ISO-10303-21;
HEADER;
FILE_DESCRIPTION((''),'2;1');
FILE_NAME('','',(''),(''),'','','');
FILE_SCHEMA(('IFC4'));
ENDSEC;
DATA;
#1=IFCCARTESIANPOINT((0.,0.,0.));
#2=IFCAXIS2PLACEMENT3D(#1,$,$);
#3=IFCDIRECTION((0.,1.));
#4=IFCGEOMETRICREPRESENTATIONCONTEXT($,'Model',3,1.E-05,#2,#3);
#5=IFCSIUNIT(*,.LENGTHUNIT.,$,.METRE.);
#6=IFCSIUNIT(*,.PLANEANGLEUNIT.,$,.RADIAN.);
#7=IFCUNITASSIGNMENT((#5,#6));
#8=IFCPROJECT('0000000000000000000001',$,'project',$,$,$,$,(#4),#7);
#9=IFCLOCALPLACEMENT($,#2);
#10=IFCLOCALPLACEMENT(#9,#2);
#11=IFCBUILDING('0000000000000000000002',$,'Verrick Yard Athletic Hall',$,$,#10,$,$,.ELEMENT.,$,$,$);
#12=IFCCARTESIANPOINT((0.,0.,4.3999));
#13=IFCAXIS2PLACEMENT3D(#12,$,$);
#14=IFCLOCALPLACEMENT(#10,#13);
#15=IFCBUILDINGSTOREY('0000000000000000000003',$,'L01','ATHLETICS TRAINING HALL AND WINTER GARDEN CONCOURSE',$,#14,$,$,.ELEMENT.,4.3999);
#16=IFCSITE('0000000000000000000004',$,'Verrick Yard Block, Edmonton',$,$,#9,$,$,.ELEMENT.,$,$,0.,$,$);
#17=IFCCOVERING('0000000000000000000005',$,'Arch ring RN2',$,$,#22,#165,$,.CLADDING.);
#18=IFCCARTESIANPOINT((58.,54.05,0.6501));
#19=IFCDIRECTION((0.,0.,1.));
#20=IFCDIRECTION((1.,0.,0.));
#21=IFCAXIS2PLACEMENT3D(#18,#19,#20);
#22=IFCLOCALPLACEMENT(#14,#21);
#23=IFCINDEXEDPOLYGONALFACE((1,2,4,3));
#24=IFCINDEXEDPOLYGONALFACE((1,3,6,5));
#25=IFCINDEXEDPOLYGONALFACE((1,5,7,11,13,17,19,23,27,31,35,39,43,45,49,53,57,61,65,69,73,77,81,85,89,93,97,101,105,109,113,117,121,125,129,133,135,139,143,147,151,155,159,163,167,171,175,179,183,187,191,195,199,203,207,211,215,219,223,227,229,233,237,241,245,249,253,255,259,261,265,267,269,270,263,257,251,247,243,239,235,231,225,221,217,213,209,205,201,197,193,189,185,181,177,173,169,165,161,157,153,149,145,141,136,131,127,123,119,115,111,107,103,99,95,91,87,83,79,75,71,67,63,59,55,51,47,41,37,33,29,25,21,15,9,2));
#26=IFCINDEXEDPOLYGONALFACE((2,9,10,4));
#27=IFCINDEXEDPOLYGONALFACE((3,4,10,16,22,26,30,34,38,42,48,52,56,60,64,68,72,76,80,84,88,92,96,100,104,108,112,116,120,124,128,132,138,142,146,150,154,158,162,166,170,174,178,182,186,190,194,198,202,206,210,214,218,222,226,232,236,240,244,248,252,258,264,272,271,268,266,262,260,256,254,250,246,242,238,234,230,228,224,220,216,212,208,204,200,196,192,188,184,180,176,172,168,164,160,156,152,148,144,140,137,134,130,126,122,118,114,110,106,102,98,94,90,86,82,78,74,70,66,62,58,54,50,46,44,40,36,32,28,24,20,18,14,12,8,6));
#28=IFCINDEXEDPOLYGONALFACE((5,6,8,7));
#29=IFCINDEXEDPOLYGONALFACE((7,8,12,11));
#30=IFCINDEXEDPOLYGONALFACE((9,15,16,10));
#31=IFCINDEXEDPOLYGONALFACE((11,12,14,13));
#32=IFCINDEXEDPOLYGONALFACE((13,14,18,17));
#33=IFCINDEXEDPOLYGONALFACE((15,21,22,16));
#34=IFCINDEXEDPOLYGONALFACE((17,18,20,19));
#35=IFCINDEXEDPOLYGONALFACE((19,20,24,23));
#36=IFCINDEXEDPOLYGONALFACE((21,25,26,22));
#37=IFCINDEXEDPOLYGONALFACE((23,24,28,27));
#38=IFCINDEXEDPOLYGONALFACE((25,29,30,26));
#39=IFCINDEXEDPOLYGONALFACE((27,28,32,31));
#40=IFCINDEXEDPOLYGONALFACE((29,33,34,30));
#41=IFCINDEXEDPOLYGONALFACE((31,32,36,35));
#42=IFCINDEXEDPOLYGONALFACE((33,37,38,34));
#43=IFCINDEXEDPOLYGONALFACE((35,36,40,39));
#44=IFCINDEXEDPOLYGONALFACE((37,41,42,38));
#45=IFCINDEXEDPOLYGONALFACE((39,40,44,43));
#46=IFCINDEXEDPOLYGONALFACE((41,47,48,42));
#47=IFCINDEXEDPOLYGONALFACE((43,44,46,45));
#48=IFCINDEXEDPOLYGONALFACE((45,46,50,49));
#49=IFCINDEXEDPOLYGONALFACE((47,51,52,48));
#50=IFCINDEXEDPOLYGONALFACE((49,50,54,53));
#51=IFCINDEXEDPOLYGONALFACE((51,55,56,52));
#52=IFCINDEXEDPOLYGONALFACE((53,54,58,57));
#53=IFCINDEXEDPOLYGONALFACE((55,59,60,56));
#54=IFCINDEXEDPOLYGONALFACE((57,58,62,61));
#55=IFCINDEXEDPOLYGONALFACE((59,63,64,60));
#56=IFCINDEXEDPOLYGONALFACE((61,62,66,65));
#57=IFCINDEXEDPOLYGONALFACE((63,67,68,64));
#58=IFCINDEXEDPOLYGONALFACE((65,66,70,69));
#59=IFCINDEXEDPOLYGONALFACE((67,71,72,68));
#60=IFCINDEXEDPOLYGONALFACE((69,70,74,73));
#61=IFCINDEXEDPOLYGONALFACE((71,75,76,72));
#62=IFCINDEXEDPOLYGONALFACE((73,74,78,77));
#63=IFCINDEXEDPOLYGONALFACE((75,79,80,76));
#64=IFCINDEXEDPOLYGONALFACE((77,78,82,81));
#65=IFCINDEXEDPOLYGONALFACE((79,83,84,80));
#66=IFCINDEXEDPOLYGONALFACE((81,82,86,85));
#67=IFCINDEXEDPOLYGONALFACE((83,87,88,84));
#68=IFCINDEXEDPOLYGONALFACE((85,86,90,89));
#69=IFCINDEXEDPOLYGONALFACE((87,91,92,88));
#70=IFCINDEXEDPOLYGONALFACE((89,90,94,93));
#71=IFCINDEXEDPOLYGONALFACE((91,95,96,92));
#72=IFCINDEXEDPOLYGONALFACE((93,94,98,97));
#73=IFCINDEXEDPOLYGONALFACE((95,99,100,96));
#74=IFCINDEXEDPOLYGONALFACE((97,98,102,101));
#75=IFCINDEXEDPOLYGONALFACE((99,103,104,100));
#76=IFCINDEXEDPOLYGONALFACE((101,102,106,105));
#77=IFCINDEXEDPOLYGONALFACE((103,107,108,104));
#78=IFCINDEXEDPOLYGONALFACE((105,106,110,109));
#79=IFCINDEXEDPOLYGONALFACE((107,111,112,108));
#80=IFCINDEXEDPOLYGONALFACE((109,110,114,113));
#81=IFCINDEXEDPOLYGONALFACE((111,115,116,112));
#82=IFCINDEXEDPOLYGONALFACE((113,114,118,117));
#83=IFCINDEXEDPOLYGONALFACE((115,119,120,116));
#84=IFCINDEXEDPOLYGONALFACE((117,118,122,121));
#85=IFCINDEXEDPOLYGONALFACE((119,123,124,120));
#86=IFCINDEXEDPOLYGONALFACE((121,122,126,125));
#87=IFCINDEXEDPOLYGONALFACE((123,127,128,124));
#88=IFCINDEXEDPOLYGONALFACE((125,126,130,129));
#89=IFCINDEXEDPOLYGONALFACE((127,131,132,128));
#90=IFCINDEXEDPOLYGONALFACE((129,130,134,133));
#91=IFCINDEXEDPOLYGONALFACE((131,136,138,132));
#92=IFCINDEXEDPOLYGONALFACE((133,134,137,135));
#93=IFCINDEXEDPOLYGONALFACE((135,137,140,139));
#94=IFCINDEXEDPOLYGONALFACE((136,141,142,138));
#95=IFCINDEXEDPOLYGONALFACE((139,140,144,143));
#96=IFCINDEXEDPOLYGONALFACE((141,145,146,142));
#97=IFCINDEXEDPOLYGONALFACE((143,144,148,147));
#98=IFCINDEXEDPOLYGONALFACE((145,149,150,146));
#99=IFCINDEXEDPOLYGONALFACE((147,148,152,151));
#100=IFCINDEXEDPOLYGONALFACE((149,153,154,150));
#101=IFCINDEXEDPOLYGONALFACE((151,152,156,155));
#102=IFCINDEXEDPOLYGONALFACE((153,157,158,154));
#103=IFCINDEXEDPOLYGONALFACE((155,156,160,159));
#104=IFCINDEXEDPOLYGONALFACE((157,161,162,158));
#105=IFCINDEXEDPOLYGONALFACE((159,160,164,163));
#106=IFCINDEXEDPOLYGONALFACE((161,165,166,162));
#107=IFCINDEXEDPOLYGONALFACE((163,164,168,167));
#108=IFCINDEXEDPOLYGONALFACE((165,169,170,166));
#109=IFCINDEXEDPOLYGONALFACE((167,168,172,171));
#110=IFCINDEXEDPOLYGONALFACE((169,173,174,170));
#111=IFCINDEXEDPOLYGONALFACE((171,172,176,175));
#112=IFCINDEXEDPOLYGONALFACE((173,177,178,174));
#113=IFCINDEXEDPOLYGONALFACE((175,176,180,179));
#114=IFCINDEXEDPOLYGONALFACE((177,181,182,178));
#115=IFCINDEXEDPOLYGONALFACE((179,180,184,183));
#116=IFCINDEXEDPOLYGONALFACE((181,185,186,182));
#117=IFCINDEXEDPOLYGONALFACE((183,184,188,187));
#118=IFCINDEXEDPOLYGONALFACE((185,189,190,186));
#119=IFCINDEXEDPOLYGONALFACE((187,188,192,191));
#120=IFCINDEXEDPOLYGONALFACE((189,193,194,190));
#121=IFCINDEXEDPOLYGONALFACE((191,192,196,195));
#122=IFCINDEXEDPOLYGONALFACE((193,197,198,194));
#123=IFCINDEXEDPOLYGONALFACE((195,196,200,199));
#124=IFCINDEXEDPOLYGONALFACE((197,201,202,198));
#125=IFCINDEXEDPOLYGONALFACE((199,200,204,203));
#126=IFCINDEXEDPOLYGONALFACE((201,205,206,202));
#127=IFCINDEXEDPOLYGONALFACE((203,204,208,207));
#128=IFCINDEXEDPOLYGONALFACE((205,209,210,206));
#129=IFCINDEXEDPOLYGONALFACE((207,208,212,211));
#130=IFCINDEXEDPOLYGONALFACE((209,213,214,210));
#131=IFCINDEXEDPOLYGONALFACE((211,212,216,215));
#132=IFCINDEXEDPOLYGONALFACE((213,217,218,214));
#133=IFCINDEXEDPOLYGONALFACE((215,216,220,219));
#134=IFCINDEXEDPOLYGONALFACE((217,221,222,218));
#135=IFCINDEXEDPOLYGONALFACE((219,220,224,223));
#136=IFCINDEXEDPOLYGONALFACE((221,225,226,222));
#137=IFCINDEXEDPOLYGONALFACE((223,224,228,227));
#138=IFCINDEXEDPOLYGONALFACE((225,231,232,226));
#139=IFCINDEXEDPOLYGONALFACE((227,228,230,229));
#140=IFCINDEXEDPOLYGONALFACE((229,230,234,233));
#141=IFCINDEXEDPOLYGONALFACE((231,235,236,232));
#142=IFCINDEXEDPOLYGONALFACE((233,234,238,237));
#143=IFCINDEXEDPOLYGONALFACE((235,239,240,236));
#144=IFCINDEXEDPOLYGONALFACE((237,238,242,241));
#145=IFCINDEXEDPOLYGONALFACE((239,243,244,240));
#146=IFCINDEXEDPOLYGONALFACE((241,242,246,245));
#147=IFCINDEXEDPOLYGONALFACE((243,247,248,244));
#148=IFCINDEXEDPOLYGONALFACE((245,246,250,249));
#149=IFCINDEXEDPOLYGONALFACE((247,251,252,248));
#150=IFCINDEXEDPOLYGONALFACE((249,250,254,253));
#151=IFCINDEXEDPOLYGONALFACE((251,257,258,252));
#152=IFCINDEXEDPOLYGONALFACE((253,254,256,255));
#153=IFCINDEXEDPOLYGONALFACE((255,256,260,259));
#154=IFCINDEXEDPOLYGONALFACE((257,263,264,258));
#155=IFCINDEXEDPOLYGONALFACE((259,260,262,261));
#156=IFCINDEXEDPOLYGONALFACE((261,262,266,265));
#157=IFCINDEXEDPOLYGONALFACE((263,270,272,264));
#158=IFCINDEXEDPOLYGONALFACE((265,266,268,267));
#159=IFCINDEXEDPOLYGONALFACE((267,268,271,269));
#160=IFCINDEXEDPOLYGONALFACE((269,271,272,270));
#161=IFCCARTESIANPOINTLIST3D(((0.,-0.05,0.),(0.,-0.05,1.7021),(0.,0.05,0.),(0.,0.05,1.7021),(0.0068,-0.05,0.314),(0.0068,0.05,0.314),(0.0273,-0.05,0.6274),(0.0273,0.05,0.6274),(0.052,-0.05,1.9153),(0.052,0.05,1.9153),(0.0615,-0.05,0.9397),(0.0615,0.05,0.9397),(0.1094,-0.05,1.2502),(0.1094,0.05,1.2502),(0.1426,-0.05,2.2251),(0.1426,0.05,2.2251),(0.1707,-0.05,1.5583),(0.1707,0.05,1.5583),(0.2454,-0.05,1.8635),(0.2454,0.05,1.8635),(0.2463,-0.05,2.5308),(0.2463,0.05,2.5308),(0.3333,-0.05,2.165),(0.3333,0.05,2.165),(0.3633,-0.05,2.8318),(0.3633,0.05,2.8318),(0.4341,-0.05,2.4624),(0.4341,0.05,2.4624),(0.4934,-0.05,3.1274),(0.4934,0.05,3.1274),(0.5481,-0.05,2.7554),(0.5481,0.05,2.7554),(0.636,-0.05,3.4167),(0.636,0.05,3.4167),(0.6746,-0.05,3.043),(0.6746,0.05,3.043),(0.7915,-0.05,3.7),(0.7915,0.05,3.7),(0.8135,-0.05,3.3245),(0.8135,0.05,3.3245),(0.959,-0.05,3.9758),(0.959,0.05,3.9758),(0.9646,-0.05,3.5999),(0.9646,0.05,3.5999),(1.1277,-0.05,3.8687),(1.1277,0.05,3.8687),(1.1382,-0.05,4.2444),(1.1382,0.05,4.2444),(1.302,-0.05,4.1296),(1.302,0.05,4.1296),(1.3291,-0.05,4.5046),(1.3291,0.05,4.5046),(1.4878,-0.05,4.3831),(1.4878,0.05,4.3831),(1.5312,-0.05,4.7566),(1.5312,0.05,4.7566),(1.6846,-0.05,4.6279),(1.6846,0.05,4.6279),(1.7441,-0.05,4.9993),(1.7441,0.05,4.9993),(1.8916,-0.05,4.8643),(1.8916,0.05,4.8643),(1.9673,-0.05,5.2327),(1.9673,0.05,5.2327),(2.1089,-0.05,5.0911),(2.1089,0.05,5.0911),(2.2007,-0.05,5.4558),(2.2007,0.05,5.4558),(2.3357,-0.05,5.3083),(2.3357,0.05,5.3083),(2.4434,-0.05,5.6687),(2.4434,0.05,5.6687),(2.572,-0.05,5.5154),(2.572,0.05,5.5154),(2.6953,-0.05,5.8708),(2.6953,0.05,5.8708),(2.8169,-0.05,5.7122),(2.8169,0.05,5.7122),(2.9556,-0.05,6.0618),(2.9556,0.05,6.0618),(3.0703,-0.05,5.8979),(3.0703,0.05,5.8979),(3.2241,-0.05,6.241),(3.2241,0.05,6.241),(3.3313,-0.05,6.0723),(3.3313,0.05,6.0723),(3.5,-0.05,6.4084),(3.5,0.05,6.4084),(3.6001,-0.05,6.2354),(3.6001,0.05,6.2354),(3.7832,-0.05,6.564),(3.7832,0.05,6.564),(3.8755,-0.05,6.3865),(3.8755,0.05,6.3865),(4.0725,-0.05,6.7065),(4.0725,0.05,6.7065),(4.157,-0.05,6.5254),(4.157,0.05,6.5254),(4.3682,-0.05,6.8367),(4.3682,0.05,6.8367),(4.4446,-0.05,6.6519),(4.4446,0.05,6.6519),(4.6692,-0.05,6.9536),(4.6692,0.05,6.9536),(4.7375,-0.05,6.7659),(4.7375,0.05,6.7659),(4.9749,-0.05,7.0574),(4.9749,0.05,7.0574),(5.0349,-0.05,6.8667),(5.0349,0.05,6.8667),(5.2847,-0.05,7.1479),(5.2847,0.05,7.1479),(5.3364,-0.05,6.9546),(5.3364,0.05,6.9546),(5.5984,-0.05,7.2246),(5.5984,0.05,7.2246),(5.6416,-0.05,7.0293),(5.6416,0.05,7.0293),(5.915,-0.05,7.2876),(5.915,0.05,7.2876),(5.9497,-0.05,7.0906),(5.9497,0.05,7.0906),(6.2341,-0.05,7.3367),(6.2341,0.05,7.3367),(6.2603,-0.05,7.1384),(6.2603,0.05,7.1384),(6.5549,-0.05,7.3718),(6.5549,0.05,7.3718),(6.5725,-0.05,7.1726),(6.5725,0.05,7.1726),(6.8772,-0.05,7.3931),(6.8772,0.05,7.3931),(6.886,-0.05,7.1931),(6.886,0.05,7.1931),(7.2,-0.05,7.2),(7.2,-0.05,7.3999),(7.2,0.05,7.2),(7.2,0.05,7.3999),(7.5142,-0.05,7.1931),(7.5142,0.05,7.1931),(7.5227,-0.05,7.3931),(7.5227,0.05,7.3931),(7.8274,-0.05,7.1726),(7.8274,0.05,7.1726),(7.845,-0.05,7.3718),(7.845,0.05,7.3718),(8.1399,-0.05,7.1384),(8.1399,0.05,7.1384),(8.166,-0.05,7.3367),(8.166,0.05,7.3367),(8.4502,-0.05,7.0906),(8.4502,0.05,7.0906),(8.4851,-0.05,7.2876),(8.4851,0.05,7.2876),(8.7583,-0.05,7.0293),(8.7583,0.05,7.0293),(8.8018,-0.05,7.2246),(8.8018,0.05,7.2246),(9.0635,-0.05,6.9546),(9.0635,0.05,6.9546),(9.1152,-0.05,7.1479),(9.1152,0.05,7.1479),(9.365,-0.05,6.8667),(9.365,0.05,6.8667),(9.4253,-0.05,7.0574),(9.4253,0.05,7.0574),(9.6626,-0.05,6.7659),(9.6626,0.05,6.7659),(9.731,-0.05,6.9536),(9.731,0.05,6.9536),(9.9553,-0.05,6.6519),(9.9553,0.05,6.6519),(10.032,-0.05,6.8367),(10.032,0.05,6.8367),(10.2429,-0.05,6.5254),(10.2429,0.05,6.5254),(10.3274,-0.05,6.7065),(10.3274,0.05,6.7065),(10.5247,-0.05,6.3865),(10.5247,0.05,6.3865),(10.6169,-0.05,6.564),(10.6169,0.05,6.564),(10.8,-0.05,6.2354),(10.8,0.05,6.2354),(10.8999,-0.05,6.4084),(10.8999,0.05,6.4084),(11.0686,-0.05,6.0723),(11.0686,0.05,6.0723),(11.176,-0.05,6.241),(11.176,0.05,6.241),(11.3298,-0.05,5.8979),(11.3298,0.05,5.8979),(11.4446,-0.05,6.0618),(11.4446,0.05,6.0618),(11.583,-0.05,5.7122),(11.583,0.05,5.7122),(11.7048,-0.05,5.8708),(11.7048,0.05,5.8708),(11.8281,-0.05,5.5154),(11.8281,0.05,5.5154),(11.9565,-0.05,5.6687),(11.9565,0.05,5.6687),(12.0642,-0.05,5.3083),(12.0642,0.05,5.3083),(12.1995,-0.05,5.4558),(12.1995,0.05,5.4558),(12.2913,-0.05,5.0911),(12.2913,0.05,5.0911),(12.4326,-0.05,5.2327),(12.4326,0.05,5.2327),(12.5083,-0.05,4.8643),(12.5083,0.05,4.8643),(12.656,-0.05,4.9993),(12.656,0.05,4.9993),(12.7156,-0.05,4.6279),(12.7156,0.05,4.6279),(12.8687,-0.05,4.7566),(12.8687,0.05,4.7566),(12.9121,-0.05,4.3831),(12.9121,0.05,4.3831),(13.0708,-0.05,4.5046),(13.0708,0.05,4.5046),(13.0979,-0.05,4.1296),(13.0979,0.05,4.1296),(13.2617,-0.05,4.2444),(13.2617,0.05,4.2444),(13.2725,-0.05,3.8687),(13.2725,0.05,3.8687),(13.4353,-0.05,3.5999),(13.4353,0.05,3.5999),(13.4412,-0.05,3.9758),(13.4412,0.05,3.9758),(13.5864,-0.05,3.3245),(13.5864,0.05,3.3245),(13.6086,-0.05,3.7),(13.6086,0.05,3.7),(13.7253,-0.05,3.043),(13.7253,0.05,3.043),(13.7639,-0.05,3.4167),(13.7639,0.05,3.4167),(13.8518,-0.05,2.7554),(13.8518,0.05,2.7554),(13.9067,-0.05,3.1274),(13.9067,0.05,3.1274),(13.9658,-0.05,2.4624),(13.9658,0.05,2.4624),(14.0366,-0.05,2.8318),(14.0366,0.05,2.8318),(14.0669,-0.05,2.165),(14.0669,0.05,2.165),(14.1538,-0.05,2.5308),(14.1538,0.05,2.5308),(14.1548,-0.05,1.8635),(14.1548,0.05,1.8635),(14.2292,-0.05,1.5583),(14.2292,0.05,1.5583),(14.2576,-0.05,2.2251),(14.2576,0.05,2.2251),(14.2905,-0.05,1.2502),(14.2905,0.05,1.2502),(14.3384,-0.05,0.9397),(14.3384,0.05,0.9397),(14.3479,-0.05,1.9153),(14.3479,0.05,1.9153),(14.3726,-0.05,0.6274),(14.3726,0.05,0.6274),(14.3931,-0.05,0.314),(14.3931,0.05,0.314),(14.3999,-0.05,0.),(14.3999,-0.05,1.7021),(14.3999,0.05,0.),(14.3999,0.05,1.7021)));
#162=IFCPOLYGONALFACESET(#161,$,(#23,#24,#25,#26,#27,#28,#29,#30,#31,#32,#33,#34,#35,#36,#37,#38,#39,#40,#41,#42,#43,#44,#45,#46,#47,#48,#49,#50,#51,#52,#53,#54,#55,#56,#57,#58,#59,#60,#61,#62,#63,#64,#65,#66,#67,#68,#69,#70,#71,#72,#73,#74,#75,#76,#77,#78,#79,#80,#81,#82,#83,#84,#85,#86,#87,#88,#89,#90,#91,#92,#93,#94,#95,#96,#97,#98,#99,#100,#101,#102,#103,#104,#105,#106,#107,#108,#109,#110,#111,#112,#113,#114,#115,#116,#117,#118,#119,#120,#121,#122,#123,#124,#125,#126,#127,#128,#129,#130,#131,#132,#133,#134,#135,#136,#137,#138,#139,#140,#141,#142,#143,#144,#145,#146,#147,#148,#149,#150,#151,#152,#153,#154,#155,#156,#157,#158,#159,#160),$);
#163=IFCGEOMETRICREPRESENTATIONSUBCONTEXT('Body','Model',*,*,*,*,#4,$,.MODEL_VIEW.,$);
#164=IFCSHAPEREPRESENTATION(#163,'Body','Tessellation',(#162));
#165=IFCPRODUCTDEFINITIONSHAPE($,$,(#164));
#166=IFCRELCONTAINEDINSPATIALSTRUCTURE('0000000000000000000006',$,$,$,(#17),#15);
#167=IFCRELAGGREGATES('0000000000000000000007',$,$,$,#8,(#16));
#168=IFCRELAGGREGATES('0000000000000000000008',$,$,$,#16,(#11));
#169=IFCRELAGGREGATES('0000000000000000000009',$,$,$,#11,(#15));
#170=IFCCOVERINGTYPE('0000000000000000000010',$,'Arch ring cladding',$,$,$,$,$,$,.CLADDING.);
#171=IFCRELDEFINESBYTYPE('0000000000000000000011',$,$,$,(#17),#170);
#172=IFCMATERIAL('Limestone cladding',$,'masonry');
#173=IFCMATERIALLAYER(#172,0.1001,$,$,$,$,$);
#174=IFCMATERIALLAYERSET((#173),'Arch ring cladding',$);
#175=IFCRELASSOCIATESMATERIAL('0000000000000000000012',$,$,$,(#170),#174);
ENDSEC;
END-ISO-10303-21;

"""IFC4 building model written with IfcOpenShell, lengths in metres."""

from ifc_helpers import new_model, si_unit, direction, frame, origin, place, context, subcontext, project, spatial, polyline, outline, extrude, material, layer, layer_set, type_object, element, save


model = new_model("IFC4")

# Units and contexts
model_context = context("Model", 3, precision=1e-05, world=origin(), true_north=direction((0.0, 1.0)))
body_context = subcontext(model_context, "Body", "Model", "MODEL_VIEW")
ifc_project = project(units=[si_unit("LENGTHUNIT", "METRE"), si_unit("PLANEANGLEUNIT", "RADIAN")], contexts=[model_context])

# Site, building, storey
site_placement = place(None, origin())
site = spatial("IfcSite", under=ifc_project, at=site_placement, Name="Verrick Yard Block, Edmonton", CompositionType="ELEMENT", RefElevation=0.0)
building_placement = place(site_placement, origin())
building = spatial("IfcBuilding", under=site, at=building_placement, Name="Verrick Yard Athletic Hall", CompositionType="ELEMENT")
storey_placement = place(building_placement, frame((0.0, 0.0, 4.3999)))
storey = spatial("IfcBuildingStorey", under=building, at=storey_placement, Name="L01", Description="ATHLETICS TRAINING HALL AND WINTER GARDEN CONCOURSE", CompositionType="ELEMENT", Elevation=4.3999)

# Covering
ifc_material_1 = material(Name="Limestone cladding", Category="masonry")
ifc_layer_1 = layer(ifc_material_1, 0.1001)
ifc_layer_set_1 = layer_set([ifc_layer_1], Name="Arch ring cladding")
covering_type_1 = type_object("IfcCoveringType", Name="Arch ring cladding", PredefinedType="CLADDING", material=ifc_layer_set_1)
covering_1_placement = place(storey_placement, frame((58.0, 54.05, 0.6501), z_axis=(0.0, 0.0, 1.0), x_axis=(1.0, 0.0, 0.0)))
element("IfcCovering", 1, at=covering_1_placement, inside=storey, type_object=covering_type_1, Name="Arch ring RN2", PredefinedType="CLADDING", context=body_context, shape_type="SweptSolid", body=[
    extrude(outline(polyline([(0.0, 1.7021), (0.0, 0.0), (0.0068, 0.314), (0.0273, 0.6274), (0.0615, 0.9397), (0.1094, 1.2502), (0.1707, 1.5583), (0.2454, 1.8635), (0.3333, 2.165), (0.4341, 2.4624), (0.5481, 2.7554), (0.6746, 3.043), (0.8135, 3.3245), (0.9646, 3.5999), (1.1277, 3.8687), (1.302, 4.1296), (1.4878, 4.3831), (1.6846, 4.6279), (1.8916, 4.8643), (2.1089, 5.0911), (2.3357, 5.3083), (2.572, 5.5154), (2.8169, 5.7122), (3.0703, 5.8979), (3.3313, 6.0723), (3.6001, 6.2354), (3.8755, 6.3865), (4.157, 6.5254), (4.4446, 6.6519), (4.7375, 6.7659), (5.0349, 6.8667), (5.3364, 6.9546), (5.6416, 7.0293), (5.9497, 7.0906), (6.2603, 7.1384), (6.5725, 7.1726), (6.886, 7.1931), (7.2, 7.2), (7.5142, 7.1931), (7.8274, 7.1726), (8.1399, 7.1384), (8.4502, 7.0906), (8.7583, 7.0293), (9.0635, 6.9546), (9.365, 6.8667), (9.6626, 6.7659), (9.9553, 6.6519), (10.2429, 6.5254), (10.5247, 6.3865), (10.8, 6.2354), (11.0686, 6.0723), (11.3298, 5.8979), (11.583, 5.7122), (11.8281, 5.5154), (12.0642, 5.3083), (12.2913, 5.0911), (12.5083, 4.8643), (12.7156, 4.6279), (12.9121, 4.3831), (13.0979, 4.1296), (13.2725, 3.8687), (13.4353, 3.5999), (13.5864, 3.3245), (13.7253, 3.043), (13.8518, 2.7554), (13.9658, 2.4624), (14.0669, 2.165), (14.1548, 1.8635), (14.2292, 1.5583), (14.2905, 1.2502), (14.3384, 0.9397), (14.3726, 0.6274), (14.3931, 0.314), (14.3999, 0.0), (14.3999, 1.7021), (14.3479, 1.9153), (14.2576, 2.2251), (14.1538, 2.5308), (14.0366, 2.8318), (13.9067, 3.1274), (13.7639, 3.4167), (13.6086, 3.7), (13.4412, 3.9758), (13.2617, 4.2444), (13.0708, 4.5046), (12.8687, 4.7566), (12.656, 4.9993), (12.4326, 5.2327), (12.1995, 5.4558), (11.9565, 5.6687), (11.7048, 5.8708), (11.4446, 6.0618), (11.176, 6.241), (10.8999, 6.4084), (10.6169, 6.564), (10.3274, 6.7065), (10.032, 6.8367), (9.731, 6.9536), (9.4253, 7.0574), (9.1152, 7.1479), (8.8018, 7.2246), (8.4851, 7.2876), (8.166, 7.3367), (7.845, 7.3718), (7.5227, 7.3931), (7.2, 7.3999), (6.8772, 7.3931), (6.5549, 7.3718), (6.2341, 7.3367), (5.915, 7.2876), (5.5984, 7.2246), (5.2847, 7.1479), (4.9749, 7.0574), (4.6692, 6.9536), (4.3682, 6.8367), (4.0725, 6.7065), (3.7832, 6.564), (3.5, 6.4084), (3.2241, 6.241), (2.9556, 6.0618), (2.6953, 5.8708), (2.4434, 5.6687), (2.2007, 5.4558), (1.9673, 5.2327), (1.7441, 4.9993), (1.5312, 4.7566), (1.3291, 4.5046), (1.1382, 4.2444), (0.959, 3.9758), (0.7915, 3.7), (0.636, 3.4167), (0.4934, 3.1274), (0.3633, 2.8318), (0.2463, 2.5308), (0.1426, 2.2251), (0.052, 1.9153), (0.0, 1.7021)])), frame((0.0, 0.05, 0.0), z_axis=(0.0, -1.0, 0.0), x_axis=(1.0, 0.0, 0.0)), (0.0, 0.0, 1.0), 0.1001),
])

save(model, "model.ifc")
